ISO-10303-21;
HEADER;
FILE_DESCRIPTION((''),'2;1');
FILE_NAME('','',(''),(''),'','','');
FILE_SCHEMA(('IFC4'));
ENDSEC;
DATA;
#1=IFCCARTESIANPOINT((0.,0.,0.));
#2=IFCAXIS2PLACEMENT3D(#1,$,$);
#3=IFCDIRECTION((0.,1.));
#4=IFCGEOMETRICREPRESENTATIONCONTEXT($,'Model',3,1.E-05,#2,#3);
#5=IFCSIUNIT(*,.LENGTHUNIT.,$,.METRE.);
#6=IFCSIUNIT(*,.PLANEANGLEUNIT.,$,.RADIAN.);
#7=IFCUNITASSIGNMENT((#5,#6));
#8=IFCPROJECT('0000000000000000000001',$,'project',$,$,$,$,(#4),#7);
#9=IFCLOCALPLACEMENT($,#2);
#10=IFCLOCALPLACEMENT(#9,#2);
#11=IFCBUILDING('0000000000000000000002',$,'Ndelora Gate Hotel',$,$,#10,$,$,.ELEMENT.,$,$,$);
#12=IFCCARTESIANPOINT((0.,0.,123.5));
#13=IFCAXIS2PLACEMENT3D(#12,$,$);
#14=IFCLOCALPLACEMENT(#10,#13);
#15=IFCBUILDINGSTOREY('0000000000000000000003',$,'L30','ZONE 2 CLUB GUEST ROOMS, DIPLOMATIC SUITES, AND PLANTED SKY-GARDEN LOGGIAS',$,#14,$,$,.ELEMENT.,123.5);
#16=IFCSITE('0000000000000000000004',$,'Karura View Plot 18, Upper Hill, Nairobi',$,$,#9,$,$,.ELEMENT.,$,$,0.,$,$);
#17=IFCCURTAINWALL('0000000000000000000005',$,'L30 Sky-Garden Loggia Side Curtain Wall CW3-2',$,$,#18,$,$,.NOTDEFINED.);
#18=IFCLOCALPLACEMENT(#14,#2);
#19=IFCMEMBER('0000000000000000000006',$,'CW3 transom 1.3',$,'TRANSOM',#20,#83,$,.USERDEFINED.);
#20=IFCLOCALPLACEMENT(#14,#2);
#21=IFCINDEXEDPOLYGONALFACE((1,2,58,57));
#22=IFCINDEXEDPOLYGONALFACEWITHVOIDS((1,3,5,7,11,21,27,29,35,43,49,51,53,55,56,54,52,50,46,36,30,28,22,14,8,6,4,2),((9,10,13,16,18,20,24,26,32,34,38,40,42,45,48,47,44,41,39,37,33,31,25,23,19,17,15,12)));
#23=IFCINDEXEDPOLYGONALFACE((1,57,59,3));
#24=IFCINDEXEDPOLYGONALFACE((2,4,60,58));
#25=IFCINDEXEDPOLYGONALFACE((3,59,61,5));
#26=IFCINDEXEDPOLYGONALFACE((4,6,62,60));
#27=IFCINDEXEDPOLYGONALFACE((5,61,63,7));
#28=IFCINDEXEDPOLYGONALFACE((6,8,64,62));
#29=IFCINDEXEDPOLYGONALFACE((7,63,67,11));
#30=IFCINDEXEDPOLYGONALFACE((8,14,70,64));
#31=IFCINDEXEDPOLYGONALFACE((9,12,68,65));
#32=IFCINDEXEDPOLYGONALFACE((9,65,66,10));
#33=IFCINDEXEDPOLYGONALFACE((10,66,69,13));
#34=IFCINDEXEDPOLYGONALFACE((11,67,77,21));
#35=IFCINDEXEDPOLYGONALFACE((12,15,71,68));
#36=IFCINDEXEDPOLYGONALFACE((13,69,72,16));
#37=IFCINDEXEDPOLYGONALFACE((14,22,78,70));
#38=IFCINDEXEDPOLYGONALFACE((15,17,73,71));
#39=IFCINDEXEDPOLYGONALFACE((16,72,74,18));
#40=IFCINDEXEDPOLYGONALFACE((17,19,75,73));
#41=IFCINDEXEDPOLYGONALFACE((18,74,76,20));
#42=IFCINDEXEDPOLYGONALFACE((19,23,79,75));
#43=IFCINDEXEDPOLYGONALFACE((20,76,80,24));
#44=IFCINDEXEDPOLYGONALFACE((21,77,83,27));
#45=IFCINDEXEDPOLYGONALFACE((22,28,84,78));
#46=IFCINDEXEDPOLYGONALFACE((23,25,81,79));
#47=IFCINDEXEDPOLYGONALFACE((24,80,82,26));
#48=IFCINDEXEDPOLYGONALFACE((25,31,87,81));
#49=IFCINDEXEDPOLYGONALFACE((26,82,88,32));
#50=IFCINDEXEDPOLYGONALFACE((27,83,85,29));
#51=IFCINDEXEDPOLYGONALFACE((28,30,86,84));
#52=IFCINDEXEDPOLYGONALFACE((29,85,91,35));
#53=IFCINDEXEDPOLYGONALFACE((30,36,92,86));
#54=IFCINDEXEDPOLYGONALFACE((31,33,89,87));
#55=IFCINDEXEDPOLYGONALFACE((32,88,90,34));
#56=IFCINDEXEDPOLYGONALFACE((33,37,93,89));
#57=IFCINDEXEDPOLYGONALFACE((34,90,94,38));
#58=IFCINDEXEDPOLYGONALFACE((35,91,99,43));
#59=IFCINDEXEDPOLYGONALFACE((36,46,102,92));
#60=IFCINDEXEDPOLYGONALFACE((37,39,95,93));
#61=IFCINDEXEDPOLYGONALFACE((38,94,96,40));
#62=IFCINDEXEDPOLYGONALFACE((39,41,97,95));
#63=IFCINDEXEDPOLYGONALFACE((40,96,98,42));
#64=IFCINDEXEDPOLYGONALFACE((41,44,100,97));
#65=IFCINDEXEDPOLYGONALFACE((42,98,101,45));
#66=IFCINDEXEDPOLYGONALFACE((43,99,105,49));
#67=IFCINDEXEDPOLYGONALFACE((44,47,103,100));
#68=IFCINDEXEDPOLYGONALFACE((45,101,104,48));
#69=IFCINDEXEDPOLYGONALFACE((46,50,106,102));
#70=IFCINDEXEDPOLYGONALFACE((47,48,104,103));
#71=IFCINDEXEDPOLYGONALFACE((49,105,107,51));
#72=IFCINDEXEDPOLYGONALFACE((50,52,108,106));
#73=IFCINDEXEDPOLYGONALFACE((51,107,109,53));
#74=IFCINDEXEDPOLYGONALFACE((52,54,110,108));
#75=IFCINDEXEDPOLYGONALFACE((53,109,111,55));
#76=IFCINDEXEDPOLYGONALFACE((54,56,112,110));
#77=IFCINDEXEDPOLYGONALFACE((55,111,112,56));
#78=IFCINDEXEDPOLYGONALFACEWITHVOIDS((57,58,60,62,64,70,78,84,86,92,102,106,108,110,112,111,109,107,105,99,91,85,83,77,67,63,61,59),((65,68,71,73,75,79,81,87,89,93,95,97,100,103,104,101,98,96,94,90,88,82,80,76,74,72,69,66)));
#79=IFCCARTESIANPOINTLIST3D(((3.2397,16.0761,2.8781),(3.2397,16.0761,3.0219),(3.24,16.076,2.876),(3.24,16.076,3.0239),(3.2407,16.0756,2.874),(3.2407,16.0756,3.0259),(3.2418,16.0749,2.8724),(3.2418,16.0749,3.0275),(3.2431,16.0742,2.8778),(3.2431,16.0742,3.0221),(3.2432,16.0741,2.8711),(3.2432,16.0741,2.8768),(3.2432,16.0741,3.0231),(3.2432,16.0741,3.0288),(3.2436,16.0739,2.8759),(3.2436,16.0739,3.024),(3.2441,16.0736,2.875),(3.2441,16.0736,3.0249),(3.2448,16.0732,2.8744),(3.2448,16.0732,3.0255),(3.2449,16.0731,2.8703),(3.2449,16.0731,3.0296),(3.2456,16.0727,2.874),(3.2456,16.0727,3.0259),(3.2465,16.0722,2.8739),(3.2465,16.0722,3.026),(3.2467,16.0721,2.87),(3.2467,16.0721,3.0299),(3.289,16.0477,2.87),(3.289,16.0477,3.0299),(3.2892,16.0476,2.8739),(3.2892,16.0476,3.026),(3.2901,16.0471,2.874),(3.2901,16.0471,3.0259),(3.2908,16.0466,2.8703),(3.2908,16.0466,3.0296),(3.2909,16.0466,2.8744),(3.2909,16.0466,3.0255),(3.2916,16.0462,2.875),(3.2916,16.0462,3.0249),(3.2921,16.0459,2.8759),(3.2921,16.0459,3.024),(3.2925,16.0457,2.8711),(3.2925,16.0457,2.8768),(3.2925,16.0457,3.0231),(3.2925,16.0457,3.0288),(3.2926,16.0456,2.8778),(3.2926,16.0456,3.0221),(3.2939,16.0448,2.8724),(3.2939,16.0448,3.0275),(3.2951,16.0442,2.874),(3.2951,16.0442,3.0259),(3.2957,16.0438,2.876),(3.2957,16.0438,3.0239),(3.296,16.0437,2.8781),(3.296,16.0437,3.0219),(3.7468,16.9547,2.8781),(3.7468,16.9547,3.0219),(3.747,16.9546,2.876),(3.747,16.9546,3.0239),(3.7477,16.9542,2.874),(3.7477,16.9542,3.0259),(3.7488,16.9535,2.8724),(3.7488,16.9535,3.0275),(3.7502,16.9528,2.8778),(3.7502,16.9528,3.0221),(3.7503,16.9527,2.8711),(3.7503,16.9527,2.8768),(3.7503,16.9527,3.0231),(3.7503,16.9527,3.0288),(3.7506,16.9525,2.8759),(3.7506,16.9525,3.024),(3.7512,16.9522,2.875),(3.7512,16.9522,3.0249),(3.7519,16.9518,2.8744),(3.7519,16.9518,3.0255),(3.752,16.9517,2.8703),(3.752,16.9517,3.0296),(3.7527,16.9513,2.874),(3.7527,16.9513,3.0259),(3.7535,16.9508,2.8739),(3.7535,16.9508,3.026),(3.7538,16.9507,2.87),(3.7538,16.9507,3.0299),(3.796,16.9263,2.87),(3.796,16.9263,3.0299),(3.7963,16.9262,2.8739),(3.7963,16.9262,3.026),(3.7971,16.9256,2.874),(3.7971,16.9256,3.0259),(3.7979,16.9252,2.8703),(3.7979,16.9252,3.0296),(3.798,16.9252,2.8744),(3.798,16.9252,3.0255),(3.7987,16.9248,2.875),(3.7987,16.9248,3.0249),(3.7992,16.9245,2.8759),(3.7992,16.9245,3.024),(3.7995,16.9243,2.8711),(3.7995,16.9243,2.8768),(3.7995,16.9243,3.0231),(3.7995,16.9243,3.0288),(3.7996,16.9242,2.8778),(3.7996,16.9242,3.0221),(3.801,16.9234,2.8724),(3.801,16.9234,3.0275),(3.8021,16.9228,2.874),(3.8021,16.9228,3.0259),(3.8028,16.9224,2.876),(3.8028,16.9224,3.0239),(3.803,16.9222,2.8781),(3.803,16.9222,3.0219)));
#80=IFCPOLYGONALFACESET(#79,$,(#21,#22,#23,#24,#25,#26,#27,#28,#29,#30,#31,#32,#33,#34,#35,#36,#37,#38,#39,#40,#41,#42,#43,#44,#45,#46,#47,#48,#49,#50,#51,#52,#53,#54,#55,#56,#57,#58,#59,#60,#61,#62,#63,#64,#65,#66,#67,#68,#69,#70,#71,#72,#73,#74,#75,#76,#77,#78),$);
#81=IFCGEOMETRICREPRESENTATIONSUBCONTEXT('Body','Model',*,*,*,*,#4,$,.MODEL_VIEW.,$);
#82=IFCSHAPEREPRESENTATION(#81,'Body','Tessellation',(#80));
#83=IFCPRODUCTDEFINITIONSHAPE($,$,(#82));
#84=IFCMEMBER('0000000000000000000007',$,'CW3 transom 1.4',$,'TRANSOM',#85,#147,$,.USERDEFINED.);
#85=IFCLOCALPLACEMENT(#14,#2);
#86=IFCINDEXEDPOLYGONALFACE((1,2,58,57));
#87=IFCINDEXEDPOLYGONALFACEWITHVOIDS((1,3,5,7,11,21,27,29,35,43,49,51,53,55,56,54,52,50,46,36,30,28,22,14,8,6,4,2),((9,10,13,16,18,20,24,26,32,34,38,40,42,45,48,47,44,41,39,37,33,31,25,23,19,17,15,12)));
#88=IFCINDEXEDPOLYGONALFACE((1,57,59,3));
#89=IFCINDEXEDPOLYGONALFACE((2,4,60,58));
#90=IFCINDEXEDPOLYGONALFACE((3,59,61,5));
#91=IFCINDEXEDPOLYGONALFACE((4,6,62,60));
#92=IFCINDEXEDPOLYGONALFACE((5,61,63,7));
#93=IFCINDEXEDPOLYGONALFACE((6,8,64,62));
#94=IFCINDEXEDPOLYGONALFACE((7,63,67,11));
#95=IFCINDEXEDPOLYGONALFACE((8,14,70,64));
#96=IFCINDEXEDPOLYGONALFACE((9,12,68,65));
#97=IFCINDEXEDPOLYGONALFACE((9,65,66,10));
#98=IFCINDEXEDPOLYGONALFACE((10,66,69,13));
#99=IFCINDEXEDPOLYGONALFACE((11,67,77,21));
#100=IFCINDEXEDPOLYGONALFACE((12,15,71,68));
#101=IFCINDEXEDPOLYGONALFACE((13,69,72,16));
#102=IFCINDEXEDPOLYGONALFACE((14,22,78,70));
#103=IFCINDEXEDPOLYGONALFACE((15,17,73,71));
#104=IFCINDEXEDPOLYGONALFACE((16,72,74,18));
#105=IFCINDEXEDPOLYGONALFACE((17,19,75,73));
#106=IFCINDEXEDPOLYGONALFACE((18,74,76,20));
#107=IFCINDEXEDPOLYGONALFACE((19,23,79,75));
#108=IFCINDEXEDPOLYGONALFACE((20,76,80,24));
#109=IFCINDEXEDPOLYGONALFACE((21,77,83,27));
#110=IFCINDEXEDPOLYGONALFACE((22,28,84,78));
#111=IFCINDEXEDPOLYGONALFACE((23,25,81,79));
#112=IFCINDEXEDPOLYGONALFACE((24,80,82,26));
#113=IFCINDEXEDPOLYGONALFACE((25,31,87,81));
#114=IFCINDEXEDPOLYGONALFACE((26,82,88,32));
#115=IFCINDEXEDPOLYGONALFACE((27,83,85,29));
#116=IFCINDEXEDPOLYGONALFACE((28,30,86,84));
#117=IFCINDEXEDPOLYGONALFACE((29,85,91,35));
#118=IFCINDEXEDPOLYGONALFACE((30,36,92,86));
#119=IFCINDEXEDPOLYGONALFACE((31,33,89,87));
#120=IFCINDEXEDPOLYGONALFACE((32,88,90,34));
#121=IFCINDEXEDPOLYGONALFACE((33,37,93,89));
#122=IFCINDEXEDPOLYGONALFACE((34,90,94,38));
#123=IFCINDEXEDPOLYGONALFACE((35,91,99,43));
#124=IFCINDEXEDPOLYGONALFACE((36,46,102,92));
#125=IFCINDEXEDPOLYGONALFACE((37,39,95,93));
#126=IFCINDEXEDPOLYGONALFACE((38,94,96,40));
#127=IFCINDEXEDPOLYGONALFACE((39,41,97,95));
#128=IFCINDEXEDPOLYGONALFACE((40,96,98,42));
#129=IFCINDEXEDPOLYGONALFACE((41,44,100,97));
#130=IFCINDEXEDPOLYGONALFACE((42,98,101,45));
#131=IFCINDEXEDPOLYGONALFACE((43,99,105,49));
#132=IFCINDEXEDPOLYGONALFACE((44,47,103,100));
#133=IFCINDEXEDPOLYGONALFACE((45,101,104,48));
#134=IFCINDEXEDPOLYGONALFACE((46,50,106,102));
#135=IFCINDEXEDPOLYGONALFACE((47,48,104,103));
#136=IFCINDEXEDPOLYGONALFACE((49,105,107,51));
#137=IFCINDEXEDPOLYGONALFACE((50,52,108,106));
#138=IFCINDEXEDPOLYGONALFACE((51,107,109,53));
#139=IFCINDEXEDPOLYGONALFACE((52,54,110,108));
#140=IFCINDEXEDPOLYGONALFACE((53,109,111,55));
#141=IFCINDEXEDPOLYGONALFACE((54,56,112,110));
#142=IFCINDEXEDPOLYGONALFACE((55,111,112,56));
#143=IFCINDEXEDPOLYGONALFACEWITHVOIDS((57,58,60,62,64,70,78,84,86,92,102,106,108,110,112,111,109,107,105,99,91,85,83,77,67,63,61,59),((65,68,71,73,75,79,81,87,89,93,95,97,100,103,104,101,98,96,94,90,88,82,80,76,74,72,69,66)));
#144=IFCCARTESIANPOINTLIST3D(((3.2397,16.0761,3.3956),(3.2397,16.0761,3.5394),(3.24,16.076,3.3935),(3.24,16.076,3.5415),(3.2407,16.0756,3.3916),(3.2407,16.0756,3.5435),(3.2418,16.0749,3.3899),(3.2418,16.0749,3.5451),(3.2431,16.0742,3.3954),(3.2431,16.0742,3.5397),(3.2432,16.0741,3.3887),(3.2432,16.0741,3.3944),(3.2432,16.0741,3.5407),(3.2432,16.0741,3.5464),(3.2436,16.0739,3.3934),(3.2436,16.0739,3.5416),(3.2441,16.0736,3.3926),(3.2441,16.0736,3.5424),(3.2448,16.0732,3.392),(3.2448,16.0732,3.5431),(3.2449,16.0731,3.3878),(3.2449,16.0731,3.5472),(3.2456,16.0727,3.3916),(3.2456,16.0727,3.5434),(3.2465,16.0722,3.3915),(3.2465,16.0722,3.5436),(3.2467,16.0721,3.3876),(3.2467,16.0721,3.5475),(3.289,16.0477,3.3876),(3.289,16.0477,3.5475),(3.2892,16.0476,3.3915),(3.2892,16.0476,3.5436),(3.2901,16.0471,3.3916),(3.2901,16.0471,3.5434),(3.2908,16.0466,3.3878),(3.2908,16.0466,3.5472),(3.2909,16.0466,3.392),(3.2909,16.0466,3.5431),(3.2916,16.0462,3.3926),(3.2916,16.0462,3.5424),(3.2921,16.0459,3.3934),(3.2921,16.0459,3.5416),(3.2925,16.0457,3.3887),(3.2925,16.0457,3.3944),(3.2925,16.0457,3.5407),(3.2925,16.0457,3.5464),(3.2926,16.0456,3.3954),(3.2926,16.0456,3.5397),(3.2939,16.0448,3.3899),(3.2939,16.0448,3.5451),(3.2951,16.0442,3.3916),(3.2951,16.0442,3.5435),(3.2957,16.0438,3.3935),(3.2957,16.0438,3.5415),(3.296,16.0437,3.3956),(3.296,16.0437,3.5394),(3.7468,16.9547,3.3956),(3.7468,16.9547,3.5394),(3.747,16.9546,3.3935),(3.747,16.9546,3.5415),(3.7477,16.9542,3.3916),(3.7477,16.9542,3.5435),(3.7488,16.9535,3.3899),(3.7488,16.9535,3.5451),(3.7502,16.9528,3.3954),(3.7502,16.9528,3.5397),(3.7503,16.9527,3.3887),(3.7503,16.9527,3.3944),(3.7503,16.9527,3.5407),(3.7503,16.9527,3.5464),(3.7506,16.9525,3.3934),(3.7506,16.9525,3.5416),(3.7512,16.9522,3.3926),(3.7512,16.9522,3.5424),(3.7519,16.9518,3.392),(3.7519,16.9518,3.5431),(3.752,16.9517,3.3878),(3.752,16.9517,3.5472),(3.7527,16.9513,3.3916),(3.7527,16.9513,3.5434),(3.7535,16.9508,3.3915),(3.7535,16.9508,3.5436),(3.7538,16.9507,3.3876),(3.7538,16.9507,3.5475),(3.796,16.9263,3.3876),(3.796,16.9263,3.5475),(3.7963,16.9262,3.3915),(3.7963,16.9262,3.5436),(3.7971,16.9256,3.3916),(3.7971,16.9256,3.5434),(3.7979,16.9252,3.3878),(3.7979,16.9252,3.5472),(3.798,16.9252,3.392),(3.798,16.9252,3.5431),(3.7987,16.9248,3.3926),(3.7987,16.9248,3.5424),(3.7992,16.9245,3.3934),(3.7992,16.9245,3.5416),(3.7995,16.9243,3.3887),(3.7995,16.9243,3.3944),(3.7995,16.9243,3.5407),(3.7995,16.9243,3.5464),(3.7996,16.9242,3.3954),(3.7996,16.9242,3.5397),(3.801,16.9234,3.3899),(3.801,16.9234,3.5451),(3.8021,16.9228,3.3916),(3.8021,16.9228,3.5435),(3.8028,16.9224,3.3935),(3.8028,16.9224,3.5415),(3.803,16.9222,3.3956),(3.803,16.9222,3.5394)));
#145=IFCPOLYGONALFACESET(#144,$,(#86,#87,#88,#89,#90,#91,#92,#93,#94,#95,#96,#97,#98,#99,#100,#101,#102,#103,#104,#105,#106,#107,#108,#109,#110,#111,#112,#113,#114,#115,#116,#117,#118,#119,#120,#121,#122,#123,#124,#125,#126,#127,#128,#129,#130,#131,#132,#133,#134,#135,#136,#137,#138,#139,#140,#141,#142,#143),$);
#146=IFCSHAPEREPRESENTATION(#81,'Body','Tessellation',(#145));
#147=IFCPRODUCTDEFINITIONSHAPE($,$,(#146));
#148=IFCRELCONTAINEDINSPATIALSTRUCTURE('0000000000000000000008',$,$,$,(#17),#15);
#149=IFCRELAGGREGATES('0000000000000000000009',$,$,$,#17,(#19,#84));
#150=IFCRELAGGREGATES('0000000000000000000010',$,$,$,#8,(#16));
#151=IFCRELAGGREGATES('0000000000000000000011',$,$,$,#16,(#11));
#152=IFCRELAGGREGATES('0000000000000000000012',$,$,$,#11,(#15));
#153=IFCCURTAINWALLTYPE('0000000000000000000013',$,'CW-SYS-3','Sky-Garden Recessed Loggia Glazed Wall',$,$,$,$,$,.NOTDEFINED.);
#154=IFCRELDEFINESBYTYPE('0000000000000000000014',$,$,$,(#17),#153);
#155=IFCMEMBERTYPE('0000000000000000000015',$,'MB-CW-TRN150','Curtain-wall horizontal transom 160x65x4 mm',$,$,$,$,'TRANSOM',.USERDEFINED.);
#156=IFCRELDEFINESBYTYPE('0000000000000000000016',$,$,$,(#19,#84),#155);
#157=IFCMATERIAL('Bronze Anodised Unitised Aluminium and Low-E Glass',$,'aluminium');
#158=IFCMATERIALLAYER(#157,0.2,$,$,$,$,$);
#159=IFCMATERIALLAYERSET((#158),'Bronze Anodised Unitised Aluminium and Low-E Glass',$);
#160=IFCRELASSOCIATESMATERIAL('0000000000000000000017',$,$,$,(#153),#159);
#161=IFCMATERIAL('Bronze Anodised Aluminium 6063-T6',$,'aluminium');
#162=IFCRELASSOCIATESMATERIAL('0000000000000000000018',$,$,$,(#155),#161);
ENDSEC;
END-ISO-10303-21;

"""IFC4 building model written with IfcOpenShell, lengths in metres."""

from ifc_helpers import new_model, si_unit, direction, frame, origin, origin_2d, place, context, subcontext, project, spatial, hollow_rectangle, extrude, material, layer, layer_set, material_profile, profile_set, type_object, element, aggregate, save


model = new_model("IFC4")

# Units and contexts
model_context = context("Model", 3, precision=1e-05, world=origin(), true_north=direction((0.0, 1.0)))
body_context = subcontext(model_context, "Body", "Model", "MODEL_VIEW")
ifc_project = project(units=[si_unit("LENGTHUNIT", "METRE"), si_unit("PLANEANGLEUNIT", "RADIAN")], contexts=[model_context])

# Site, building, storey
site_placement = place(None, origin())
site = spatial("IfcSite", under=ifc_project, at=site_placement, Name="Karura View Plot 18, Upper Hill, Nairobi", CompositionType="ELEMENT", RefElevation=0.0)
building_placement = place(site_placement, origin())
building = spatial("IfcBuilding", under=site, at=building_placement, Name="Ndelora Gate Hotel", CompositionType="ELEMENT")
storey_placement = place(building_placement, frame((0.0, 0.0, 123.5)))
storey = spatial("IfcBuildingStorey", under=building, at=storey_placement, Name="L30", Description="ZONE 2 CLUB GUEST ROOMS, DIPLOMATIC SUITES, AND PLANTED SKY-GARDEN LOGGIAS", CompositionType="ELEMENT", Elevation=123.5)

# Curtain wall, members
ifc_material_1 = material(Name="Bronze Anodised Unitised Aluminium and Low-E Glass", Category="aluminium")
ifc_layer_1 = layer(ifc_material_1, 0.2)
ifc_layer_set_1 = layer_set([ifc_layer_1], Name="Bronze Anodised Unitised Aluminium and Low-E Glass")
curtain_wall_type = type_object("IfcCurtainWallType", Name="CW-SYS-3", Description="Sky-Garden Recessed Loggia Glazed Wall", PredefinedType="NOTDEFINED", material=ifc_layer_set_1)
curtain_wall_placement = place(storey_placement, origin())
curtain_wall = element("IfcCurtainWall", 1, at=curtain_wall_placement, inside=storey, type_object=curtain_wall_type, Name="L30 Sky-Garden Loggia Side Curtain Wall CW3-2", PredefinedType="NOTDEFINED")
ifc_material_2 = material(Name="Bronze Anodised Aluminium 6063-T6", Category="aluminium")
ifc_material_profile_1 = material_profile(ifc_material_2, hollow_rectangle(XDim=0.0649, YDim=0.1599, WallThickness=0.0039, InnerFilletRadius=0.0039, OuterFilletRadius=0.0081, at=origin_2d()), Name="ALU 160x65x4")
ifc_profile_set_1 = profile_set([ifc_material_profile_1], Name="Bronze Anodised Aluminium 6063-T6")
member_type_1 = type_object("IfcMemberType", Name="MB-CW-TRN150", Description="Curtain-wall horizontal transom 160x65x4 mm", ElementType="TRANSOM", PredefinedType="USERDEFINED", material=ifc_profile_set_1)
member_1_placement = place(storey_placement, frame((3.7749, 16.9385, 2.95), z_axis=(-0.499841, -0.866117, 0.0), x_axis=(0.866117, -0.499841, 0.0)))
member_1 = element("IfcMember", 2, at=member_1_placement, type_object=member_type_1, Name="CW3 transom 1.3", ObjectType="TRANSOM", PredefinedType="USERDEFINED", context=body_context, shape_type="SweptSolid", body=[
    extrude(hollow_rectangle(XDim=0.0649, YDim=0.1599, WallThickness=0.0039, InnerFilletRadius=0.0039, OuterFilletRadius=0.0081, at=origin_2d()), origin(), (0.0, 0.0, 1.0), 1.0144),
])
member_2_placement = place(storey_placement, frame((3.7749, 16.9385, 3.4675), z_axis=(-0.499841, -0.866117, 0.0), x_axis=(0.866117, -0.499841, 0.0)))
member_2 = element("IfcMember", 3, at=member_2_placement, type_object=member_type_1, Name="CW3 transom 1.4", ObjectType="TRANSOM", PredefinedType="USERDEFINED", context=body_context, shape_type="SweptSolid", body=[
    extrude(hollow_rectangle(XDim=0.0649, YDim=0.1599, WallThickness=0.0039, InnerFilletRadius=0.0039, OuterFilletRadius=0.0081, at=origin_2d()), origin(), (0.0, 0.0, 1.0), 1.0144),
])
aggregate(curtain_wall, [member_1, member_2])

save(model, "model.ifc")
